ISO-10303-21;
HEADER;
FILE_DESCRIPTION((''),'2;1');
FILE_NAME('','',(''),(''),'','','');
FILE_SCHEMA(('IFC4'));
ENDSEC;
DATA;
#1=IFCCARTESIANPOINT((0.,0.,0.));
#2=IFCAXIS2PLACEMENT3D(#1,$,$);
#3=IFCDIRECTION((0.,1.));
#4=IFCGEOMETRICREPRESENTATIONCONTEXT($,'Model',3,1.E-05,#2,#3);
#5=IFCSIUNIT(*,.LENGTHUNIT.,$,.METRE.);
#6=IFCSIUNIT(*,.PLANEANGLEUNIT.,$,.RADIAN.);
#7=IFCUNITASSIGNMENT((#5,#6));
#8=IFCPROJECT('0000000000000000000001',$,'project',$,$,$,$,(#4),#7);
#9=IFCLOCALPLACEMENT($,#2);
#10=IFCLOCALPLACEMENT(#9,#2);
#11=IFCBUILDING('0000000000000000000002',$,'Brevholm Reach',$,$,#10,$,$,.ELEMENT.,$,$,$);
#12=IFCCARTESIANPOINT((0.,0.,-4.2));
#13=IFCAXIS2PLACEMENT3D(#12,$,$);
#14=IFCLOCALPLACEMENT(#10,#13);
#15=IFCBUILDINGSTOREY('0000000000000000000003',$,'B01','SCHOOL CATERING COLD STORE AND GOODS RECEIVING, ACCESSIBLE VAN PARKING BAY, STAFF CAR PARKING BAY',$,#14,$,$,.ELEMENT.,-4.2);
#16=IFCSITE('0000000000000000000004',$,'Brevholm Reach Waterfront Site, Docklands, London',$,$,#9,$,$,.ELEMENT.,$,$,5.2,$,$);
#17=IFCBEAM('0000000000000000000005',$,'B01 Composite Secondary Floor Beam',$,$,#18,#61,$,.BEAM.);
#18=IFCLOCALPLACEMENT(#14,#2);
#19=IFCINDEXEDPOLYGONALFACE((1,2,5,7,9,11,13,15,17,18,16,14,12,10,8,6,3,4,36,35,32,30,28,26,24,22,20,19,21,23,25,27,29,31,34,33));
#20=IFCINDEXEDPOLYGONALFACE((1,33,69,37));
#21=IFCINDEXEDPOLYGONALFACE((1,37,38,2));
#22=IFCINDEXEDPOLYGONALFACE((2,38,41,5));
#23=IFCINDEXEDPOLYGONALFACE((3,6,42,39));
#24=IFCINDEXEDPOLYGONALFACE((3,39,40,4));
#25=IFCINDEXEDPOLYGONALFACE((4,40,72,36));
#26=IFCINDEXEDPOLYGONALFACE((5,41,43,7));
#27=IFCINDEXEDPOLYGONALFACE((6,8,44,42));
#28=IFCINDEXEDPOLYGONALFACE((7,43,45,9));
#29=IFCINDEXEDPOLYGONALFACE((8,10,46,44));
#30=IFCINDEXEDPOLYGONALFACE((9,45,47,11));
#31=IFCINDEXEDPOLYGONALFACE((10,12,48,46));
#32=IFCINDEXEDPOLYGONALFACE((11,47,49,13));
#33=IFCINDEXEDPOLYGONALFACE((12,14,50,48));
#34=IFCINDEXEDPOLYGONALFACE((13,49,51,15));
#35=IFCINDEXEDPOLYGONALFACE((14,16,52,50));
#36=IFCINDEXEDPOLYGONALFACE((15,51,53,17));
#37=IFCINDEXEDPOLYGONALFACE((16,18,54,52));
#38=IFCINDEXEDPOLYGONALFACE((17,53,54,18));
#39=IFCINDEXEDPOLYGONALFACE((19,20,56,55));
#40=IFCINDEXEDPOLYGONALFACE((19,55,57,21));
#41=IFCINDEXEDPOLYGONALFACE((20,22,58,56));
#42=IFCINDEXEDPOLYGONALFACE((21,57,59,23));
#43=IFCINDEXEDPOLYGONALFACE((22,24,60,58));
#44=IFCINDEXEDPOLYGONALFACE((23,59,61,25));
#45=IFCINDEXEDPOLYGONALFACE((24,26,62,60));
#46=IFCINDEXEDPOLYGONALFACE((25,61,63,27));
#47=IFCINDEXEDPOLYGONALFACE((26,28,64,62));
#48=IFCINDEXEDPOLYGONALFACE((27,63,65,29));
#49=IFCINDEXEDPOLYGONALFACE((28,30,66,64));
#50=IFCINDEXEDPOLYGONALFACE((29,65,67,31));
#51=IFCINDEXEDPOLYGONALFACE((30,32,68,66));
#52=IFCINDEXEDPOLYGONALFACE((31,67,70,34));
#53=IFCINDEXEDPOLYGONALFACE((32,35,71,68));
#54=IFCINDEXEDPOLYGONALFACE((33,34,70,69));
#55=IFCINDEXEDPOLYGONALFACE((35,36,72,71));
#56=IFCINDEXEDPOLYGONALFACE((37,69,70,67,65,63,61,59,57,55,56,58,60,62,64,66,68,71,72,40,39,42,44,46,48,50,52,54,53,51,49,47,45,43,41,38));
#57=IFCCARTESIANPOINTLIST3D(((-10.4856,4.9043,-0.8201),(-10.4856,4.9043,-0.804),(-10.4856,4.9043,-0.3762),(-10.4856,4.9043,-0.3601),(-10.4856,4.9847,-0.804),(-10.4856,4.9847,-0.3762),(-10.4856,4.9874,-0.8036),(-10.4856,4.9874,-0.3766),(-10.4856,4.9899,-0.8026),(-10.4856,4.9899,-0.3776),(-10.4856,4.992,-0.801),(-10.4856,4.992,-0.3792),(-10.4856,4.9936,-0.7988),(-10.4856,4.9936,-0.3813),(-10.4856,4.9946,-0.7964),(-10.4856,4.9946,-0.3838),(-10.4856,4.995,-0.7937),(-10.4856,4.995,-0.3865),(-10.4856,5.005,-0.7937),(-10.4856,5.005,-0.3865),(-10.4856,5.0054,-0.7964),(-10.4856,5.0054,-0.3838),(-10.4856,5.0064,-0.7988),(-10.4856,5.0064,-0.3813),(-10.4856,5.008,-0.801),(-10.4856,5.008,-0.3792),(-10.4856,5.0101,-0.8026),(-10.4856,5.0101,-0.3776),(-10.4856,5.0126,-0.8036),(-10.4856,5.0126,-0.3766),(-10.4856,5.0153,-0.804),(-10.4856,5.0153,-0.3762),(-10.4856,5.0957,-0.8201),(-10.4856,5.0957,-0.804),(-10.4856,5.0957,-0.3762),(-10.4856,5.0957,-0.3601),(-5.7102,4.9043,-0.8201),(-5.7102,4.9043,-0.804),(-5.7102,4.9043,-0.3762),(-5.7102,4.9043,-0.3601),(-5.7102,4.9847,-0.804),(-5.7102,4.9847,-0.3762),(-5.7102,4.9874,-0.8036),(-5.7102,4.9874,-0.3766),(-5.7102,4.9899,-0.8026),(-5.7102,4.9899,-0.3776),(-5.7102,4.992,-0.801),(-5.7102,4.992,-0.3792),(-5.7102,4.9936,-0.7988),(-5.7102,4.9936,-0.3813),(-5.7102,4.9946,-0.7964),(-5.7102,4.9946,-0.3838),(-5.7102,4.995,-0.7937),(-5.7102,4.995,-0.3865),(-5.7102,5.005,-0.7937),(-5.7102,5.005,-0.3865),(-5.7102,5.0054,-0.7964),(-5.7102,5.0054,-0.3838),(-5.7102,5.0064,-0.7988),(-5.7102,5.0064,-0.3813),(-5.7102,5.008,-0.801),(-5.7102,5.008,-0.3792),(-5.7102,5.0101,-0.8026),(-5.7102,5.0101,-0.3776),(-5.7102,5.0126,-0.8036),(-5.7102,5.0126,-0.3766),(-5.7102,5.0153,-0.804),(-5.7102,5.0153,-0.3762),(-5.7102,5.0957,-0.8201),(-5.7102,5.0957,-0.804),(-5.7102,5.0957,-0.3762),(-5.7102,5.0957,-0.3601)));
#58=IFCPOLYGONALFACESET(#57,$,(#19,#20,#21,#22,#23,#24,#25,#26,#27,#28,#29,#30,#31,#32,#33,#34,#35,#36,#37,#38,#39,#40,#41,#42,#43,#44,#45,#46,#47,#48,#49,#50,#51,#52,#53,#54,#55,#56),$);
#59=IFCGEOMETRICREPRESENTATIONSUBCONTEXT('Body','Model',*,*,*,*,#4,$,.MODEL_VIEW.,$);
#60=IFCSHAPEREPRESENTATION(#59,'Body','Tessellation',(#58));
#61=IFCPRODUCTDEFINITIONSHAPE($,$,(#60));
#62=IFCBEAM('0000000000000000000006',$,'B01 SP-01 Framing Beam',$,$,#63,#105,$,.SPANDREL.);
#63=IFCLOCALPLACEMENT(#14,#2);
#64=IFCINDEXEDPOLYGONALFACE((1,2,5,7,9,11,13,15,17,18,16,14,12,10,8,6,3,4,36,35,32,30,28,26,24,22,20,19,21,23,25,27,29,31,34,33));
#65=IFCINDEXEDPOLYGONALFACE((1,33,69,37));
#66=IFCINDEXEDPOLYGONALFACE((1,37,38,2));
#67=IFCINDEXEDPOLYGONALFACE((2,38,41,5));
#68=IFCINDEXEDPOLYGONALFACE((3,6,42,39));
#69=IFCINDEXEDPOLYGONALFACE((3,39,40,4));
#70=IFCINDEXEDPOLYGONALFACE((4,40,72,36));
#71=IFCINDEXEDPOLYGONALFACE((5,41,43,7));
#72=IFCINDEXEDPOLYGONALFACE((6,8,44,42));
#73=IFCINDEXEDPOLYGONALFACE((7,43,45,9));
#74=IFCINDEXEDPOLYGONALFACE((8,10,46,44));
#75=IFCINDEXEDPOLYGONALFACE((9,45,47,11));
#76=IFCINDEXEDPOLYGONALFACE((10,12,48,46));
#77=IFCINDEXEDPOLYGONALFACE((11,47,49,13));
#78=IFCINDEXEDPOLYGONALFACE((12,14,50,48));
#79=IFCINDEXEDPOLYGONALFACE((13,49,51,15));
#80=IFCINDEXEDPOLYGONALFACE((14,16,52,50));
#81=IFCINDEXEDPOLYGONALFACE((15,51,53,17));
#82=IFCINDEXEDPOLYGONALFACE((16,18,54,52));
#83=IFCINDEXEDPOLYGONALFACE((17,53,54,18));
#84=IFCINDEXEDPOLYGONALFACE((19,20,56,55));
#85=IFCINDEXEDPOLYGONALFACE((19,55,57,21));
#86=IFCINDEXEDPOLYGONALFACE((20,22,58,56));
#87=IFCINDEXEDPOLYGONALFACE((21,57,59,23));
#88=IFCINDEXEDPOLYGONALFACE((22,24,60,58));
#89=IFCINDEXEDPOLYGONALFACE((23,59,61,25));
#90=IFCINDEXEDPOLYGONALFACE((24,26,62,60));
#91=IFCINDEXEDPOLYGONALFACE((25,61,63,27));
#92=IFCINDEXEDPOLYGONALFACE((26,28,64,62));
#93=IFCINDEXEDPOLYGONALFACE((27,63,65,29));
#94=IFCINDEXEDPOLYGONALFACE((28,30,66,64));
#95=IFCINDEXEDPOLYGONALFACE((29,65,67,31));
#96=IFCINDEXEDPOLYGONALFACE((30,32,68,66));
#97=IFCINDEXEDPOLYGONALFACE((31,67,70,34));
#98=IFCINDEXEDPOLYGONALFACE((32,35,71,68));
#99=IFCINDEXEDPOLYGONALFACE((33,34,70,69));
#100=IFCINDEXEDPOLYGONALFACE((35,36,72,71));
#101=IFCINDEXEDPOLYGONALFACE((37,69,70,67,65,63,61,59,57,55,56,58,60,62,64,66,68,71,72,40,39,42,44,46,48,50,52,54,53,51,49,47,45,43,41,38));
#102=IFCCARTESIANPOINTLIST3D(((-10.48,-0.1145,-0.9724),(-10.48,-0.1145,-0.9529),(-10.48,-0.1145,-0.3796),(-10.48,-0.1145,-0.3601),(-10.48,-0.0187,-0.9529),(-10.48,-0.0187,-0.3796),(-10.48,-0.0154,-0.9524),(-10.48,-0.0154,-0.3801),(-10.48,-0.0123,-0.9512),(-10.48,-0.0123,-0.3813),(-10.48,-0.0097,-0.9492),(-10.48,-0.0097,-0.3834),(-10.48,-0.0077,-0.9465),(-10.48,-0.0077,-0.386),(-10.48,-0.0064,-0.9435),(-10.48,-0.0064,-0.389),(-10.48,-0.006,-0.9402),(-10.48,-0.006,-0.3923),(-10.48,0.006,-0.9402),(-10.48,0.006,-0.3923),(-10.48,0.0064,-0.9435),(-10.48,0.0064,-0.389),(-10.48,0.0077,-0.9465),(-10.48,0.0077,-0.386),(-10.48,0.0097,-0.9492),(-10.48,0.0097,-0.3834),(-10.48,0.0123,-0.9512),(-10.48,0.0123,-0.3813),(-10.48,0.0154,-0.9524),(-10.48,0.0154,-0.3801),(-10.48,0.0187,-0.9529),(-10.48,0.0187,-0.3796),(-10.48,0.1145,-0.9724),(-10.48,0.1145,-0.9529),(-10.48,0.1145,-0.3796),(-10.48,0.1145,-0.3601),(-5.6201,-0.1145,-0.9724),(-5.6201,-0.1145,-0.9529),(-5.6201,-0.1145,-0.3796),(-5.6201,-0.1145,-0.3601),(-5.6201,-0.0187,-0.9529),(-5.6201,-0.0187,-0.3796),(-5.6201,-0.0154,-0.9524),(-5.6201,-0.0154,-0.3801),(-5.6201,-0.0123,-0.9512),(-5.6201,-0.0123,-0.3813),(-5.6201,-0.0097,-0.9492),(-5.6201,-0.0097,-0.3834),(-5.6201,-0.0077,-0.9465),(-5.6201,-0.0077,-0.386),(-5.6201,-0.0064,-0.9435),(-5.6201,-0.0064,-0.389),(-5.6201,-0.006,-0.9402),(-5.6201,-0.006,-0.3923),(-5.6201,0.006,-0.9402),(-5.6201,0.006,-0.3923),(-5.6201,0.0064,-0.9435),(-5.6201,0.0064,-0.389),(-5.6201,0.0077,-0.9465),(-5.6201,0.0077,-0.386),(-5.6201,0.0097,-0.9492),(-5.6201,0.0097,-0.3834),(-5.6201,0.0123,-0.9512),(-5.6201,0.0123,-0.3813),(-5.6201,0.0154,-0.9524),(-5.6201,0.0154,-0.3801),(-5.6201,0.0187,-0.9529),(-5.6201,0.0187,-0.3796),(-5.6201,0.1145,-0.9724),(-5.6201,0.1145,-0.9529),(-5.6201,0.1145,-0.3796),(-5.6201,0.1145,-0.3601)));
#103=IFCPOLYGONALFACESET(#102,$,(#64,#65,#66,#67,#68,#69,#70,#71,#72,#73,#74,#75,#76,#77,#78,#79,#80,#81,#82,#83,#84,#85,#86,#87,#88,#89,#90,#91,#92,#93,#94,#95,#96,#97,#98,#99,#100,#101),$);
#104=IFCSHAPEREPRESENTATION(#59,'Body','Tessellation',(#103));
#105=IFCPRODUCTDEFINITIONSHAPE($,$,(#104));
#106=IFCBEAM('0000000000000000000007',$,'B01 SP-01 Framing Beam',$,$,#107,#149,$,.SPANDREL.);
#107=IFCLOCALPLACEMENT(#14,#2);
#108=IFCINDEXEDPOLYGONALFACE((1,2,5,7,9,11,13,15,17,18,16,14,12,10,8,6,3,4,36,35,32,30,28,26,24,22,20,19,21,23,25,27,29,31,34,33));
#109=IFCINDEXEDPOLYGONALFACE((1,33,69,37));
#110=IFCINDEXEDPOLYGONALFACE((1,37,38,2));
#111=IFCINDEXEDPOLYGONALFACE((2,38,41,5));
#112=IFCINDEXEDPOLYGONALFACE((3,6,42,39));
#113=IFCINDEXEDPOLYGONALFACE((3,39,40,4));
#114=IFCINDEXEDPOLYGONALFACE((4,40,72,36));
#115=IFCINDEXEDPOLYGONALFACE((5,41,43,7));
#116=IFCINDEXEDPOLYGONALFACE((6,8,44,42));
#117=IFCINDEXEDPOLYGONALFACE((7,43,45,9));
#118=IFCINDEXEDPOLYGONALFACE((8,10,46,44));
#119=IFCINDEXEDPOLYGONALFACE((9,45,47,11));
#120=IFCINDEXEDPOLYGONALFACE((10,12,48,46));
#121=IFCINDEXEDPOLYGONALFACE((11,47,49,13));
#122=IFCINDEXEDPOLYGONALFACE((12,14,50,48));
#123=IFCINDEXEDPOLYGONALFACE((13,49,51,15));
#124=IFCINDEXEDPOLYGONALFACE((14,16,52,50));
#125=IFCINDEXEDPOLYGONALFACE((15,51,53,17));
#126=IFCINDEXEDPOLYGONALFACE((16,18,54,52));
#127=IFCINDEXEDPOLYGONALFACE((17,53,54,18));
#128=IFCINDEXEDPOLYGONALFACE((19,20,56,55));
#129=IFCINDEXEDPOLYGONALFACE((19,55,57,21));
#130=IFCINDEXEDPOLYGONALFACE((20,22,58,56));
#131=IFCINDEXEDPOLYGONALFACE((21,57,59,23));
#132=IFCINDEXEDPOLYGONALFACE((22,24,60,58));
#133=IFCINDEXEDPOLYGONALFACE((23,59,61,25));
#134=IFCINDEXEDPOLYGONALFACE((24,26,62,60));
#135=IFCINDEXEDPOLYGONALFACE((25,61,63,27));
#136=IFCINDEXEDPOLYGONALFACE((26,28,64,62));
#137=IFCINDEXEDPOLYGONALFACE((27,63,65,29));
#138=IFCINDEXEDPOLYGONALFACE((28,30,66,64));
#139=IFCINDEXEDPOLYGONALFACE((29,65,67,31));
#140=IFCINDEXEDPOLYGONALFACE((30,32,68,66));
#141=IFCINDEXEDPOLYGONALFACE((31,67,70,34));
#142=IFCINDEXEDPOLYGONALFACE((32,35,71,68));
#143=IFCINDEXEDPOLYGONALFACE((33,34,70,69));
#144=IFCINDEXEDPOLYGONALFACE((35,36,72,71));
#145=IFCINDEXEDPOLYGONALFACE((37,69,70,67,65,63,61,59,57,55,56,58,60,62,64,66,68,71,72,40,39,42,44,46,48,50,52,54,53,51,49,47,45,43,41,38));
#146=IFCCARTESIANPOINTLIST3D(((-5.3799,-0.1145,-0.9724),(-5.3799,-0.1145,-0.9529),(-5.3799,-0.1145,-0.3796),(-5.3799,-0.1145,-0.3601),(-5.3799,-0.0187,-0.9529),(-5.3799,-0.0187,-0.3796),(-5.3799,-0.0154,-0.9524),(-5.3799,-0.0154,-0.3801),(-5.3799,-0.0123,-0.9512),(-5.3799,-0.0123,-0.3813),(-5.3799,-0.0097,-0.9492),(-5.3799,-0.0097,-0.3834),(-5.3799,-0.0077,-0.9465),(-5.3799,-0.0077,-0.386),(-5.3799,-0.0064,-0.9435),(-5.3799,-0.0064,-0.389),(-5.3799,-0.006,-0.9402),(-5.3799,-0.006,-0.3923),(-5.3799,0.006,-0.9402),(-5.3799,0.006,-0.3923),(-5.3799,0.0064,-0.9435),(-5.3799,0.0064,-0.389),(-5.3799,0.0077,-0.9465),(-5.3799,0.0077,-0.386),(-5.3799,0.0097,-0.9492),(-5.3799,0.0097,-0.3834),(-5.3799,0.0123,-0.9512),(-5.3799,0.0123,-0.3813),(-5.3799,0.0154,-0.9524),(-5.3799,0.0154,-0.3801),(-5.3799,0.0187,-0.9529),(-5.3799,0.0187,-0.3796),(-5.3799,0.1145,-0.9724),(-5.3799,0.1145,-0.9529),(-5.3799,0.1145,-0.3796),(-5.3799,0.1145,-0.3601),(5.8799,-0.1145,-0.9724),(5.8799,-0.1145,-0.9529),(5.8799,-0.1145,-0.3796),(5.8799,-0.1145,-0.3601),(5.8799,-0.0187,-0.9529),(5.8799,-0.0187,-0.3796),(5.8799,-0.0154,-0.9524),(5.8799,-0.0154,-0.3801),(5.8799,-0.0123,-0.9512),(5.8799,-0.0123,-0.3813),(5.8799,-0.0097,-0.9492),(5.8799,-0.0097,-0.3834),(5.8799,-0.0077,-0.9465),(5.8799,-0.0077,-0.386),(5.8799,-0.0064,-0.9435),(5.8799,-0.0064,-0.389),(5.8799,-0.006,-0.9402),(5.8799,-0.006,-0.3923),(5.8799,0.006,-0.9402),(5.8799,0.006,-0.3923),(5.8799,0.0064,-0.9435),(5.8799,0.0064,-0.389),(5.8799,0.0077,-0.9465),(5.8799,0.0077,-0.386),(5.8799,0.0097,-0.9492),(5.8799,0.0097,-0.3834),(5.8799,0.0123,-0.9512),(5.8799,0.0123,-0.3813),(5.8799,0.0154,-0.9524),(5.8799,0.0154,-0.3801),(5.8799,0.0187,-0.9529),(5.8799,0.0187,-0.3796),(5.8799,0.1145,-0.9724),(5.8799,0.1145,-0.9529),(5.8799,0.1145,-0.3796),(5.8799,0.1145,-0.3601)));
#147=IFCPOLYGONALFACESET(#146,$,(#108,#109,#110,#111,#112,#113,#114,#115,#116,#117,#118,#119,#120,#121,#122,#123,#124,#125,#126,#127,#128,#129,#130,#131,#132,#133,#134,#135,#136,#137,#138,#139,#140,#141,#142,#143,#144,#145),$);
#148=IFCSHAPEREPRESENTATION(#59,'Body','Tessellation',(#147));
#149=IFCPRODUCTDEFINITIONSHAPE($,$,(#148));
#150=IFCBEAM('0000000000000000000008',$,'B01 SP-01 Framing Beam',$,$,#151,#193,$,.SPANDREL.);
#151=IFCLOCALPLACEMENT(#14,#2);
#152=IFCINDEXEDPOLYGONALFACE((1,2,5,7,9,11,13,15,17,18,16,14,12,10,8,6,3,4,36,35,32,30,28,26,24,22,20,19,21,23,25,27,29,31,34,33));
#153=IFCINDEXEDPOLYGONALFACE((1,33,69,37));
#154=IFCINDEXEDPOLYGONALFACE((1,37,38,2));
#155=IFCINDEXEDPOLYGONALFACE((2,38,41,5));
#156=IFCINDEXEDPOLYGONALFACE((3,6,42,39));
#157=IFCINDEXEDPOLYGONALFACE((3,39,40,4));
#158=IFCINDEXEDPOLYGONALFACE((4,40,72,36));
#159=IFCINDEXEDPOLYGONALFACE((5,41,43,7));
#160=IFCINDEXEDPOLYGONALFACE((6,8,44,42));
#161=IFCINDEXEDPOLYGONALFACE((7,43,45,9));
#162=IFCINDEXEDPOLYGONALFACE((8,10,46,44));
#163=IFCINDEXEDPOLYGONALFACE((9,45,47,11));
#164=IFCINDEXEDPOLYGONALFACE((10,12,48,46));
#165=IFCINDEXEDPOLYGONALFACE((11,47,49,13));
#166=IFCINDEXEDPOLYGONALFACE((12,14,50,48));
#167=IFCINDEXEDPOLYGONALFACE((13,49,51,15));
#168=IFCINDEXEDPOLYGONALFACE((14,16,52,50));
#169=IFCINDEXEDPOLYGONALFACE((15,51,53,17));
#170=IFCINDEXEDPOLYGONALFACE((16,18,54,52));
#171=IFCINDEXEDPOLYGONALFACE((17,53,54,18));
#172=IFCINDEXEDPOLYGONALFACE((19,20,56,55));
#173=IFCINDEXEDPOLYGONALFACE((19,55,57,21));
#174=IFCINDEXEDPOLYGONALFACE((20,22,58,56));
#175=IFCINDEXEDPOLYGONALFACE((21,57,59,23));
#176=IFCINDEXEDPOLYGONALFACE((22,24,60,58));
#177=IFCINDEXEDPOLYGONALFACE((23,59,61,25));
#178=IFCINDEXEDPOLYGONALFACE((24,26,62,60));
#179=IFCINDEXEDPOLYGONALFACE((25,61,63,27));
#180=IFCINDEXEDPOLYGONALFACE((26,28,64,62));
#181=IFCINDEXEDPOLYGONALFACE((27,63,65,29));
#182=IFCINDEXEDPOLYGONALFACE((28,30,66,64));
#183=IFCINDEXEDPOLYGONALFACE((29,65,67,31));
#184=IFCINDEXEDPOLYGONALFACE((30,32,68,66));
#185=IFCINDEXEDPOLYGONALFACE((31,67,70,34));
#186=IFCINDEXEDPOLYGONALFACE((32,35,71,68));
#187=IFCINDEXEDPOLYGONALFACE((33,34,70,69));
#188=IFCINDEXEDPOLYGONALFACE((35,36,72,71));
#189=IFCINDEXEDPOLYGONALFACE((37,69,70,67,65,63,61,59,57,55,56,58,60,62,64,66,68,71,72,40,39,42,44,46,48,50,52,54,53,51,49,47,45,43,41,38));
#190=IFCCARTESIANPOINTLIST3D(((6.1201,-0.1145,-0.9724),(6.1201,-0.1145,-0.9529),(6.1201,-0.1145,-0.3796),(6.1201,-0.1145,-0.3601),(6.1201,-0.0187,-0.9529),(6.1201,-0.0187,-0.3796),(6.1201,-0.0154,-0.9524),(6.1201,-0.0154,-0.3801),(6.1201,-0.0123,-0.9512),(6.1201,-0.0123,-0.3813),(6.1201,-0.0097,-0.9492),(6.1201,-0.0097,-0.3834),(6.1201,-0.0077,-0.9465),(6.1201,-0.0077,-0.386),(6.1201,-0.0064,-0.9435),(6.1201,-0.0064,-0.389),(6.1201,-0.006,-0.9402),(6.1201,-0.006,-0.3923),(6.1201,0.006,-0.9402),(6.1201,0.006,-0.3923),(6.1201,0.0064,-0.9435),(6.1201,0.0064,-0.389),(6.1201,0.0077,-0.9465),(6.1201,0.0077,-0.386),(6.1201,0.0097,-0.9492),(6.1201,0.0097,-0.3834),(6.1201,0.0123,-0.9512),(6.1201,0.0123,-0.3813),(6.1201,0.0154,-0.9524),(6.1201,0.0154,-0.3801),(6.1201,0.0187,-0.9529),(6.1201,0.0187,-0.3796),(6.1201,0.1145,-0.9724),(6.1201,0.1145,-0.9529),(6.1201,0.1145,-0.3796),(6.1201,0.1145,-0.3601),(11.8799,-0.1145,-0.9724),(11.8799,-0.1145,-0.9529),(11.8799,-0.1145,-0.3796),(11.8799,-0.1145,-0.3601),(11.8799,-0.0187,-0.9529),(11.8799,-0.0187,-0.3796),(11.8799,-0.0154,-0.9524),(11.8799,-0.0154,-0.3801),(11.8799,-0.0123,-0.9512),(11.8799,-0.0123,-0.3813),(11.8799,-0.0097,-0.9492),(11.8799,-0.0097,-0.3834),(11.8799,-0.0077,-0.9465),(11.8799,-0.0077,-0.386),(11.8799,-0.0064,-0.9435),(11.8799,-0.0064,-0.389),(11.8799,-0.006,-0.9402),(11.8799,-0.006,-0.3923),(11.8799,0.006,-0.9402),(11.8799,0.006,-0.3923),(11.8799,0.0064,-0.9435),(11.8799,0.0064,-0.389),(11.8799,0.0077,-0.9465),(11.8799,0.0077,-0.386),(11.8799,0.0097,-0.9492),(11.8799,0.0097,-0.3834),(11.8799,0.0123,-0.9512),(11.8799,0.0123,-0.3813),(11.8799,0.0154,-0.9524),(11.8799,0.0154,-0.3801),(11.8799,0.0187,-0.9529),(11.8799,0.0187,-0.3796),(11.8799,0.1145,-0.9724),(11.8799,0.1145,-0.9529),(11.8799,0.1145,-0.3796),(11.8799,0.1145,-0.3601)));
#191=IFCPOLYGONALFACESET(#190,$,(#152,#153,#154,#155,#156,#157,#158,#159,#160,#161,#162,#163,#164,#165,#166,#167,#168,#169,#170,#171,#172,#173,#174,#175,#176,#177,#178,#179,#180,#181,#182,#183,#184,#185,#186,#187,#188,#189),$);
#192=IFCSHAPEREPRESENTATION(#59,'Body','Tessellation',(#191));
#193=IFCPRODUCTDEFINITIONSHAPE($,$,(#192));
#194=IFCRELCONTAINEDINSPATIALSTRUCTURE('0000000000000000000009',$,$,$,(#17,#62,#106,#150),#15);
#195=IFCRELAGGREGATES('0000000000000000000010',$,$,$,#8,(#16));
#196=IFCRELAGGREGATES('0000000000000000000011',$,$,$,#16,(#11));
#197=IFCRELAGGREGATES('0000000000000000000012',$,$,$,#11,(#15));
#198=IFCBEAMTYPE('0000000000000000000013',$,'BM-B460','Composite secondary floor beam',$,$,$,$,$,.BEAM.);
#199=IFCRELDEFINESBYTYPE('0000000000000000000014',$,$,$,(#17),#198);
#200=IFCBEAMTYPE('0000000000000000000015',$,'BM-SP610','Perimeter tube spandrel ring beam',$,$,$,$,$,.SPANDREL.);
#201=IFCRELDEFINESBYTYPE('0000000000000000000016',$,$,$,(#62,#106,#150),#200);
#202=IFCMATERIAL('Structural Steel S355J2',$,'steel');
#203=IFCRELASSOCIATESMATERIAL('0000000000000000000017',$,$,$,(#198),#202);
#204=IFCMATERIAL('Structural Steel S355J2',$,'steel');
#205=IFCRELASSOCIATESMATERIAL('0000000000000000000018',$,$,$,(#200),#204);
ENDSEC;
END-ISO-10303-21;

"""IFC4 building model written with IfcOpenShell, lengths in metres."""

from ifc_helpers import new_model, si_unit, direction, frame, origin, origin_2d, place, context, subcontext, project, spatial, i_section, extrude, material, material_profile, profile_set, type_object, element, save


model = new_model("IFC4")

# Units and contexts
model_context = context("Model", 3, precision=1e-05, world=origin(), true_north=direction((0.0, 1.0)))
body_context = subcontext(model_context, "Body", "Model", "MODEL_VIEW")
ifc_project = project(units=[si_unit("LENGTHUNIT", "METRE"), si_unit("PLANEANGLEUNIT", "RADIAN")], contexts=[model_context])

# Site, building, storey
site_placement = place(None, origin())
site = spatial("IfcSite", under=ifc_project, at=site_placement, Name="Brevholm Reach Waterfront Site, Docklands, London", CompositionType="ELEMENT", RefElevation=5.2)
building_placement = place(site_placement, origin())
building = spatial("IfcBuilding", under=site, at=building_placement, Name="Brevholm Reach", CompositionType="ELEMENT")
storey_placement = place(building_placement, frame((0.0, 0.0, -4.2)))
storey = spatial("IfcBuildingStorey", under=building, at=storey_placement, Name="B01", Description="SCHOOL CATERING COLD STORE AND GOODS RECEIVING, ACCESSIBLE VAN PARKING BAY, STAFF CAR PARKING BAY", CompositionType="ELEMENT", Elevation=-4.2)

# Beams
ifc_material_1 = material(Name="Structural Steel S355J2", Category="steel")
ifc_material_profile_1 = material_profile(ifc_material_1, i_section(OverallWidth=0.1914, OverallDepth=0.46, WebThickness=0.01, FlangeThickness=0.0161, FilletRadius=0.0103, at=origin_2d()), Name="UKB 457x191x82")
ifc_profile_set_1 = profile_set([ifc_material_profile_1], Name="Structural Steel S355J2")
beam_type_1 = type_object("IfcBeamType", Name="BM-B460", Description="Composite secondary floor beam", PredefinedType="BEAM", material=ifc_profile_set_1)
beam_1_placement = place(storey_placement, frame((-10.4856, 5.0, -0.5901), z_axis=(1.0, 0.0, 0.0), x_axis=(0.0, 1.0, 0.0)))
element("IfcBeam", 1, at=beam_1_placement, inside=storey, type_object=beam_type_1, Name="B01 Composite Secondary Floor Beam", PredefinedType="BEAM", context=body_context, shape_type="SweptSolid", body=[
    extrude(i_section(OverallWidth=0.1914, OverallDepth=0.46, WebThickness=0.01, FlangeThickness=0.0161, FilletRadius=0.0103, at=origin_2d()), origin(), (0.0, 0.0, 1.0), 4.7754),
])
ifc_material_2 = material(Name="Structural Steel S355J2", Category="steel")
ifc_material_profile_2 = material_profile(ifc_material_2, i_section(OverallWidth=0.229, OverallDepth=0.6123, WebThickness=0.012, FlangeThickness=0.0195, FilletRadius=0.0127, at=origin_2d()), Name="UKB 610x229x125")
ifc_profile_set_2 = profile_set([ifc_material_profile_2], Name="Structural Steel S355J2")
beam_type_2 = type_object("IfcBeamType", Name="BM-SP610", Description="Perimeter tube spandrel ring beam", PredefinedType="SPANDREL", material=ifc_profile_set_2)
beam_2_placement = place(storey_placement, frame((-10.48, 0.0, -0.6663), z_axis=(1.0, 0.0, 0.0), x_axis=(0.0, 1.0, 0.0)))
element("IfcBeam", 2, at=beam_2_placement, inside=storey, type_object=beam_type_2, Name="B01 SP-01 Framing Beam", PredefinedType="SPANDREL", context=body_context, shape_type="SweptSolid", body=[
    extrude(i_section(OverallWidth=0.229, OverallDepth=0.6123, WebThickness=0.012, FlangeThickness=0.0195, FilletRadius=0.0127, at=origin_2d()), origin(), (0.0, 0.0, 1.0), 4.8599),
])
beam_3_placement = place(storey_placement, frame((-5.3799, 0.0, -0.6663), z_axis=(1.0, 0.0, 0.0), x_axis=(0.0, 1.0, 0.0)))
element("IfcBeam", 3, at=beam_3_placement, inside=storey, type_object=beam_type_2, Name="B01 SP-01 Framing Beam", PredefinedType="SPANDREL", context=body_context, shape_type="SweptSolid", body=[
    extrude(i_section(OverallWidth=0.229, OverallDepth=0.6123, WebThickness=0.012, FlangeThickness=0.0195, FilletRadius=0.0127, at=origin_2d()), origin(), (0.0, 0.0, 1.0), 11.2598),
])
beam_4_placement = place(storey_placement, frame((6.1201, 0.0, -0.6663), z_axis=(1.0, 0.0, 0.0), x_axis=(0.0, 1.0, 0.0)))
element("IfcBeam", 4, at=beam_4_placement, inside=storey, type_object=beam_type_2, Name="B01 SP-01 Framing Beam", PredefinedType="SPANDREL", context=body_context, shape_type="SweptSolid", body=[
    extrude(i_section(OverallWidth=0.229, OverallDepth=0.6123, WebThickness=0.012, FlangeThickness=0.0195, FilletRadius=0.0127, at=origin_2d()), origin(), (0.0, 0.0, 1.0), 5.7598),
])

save(model, "model.ifc")
